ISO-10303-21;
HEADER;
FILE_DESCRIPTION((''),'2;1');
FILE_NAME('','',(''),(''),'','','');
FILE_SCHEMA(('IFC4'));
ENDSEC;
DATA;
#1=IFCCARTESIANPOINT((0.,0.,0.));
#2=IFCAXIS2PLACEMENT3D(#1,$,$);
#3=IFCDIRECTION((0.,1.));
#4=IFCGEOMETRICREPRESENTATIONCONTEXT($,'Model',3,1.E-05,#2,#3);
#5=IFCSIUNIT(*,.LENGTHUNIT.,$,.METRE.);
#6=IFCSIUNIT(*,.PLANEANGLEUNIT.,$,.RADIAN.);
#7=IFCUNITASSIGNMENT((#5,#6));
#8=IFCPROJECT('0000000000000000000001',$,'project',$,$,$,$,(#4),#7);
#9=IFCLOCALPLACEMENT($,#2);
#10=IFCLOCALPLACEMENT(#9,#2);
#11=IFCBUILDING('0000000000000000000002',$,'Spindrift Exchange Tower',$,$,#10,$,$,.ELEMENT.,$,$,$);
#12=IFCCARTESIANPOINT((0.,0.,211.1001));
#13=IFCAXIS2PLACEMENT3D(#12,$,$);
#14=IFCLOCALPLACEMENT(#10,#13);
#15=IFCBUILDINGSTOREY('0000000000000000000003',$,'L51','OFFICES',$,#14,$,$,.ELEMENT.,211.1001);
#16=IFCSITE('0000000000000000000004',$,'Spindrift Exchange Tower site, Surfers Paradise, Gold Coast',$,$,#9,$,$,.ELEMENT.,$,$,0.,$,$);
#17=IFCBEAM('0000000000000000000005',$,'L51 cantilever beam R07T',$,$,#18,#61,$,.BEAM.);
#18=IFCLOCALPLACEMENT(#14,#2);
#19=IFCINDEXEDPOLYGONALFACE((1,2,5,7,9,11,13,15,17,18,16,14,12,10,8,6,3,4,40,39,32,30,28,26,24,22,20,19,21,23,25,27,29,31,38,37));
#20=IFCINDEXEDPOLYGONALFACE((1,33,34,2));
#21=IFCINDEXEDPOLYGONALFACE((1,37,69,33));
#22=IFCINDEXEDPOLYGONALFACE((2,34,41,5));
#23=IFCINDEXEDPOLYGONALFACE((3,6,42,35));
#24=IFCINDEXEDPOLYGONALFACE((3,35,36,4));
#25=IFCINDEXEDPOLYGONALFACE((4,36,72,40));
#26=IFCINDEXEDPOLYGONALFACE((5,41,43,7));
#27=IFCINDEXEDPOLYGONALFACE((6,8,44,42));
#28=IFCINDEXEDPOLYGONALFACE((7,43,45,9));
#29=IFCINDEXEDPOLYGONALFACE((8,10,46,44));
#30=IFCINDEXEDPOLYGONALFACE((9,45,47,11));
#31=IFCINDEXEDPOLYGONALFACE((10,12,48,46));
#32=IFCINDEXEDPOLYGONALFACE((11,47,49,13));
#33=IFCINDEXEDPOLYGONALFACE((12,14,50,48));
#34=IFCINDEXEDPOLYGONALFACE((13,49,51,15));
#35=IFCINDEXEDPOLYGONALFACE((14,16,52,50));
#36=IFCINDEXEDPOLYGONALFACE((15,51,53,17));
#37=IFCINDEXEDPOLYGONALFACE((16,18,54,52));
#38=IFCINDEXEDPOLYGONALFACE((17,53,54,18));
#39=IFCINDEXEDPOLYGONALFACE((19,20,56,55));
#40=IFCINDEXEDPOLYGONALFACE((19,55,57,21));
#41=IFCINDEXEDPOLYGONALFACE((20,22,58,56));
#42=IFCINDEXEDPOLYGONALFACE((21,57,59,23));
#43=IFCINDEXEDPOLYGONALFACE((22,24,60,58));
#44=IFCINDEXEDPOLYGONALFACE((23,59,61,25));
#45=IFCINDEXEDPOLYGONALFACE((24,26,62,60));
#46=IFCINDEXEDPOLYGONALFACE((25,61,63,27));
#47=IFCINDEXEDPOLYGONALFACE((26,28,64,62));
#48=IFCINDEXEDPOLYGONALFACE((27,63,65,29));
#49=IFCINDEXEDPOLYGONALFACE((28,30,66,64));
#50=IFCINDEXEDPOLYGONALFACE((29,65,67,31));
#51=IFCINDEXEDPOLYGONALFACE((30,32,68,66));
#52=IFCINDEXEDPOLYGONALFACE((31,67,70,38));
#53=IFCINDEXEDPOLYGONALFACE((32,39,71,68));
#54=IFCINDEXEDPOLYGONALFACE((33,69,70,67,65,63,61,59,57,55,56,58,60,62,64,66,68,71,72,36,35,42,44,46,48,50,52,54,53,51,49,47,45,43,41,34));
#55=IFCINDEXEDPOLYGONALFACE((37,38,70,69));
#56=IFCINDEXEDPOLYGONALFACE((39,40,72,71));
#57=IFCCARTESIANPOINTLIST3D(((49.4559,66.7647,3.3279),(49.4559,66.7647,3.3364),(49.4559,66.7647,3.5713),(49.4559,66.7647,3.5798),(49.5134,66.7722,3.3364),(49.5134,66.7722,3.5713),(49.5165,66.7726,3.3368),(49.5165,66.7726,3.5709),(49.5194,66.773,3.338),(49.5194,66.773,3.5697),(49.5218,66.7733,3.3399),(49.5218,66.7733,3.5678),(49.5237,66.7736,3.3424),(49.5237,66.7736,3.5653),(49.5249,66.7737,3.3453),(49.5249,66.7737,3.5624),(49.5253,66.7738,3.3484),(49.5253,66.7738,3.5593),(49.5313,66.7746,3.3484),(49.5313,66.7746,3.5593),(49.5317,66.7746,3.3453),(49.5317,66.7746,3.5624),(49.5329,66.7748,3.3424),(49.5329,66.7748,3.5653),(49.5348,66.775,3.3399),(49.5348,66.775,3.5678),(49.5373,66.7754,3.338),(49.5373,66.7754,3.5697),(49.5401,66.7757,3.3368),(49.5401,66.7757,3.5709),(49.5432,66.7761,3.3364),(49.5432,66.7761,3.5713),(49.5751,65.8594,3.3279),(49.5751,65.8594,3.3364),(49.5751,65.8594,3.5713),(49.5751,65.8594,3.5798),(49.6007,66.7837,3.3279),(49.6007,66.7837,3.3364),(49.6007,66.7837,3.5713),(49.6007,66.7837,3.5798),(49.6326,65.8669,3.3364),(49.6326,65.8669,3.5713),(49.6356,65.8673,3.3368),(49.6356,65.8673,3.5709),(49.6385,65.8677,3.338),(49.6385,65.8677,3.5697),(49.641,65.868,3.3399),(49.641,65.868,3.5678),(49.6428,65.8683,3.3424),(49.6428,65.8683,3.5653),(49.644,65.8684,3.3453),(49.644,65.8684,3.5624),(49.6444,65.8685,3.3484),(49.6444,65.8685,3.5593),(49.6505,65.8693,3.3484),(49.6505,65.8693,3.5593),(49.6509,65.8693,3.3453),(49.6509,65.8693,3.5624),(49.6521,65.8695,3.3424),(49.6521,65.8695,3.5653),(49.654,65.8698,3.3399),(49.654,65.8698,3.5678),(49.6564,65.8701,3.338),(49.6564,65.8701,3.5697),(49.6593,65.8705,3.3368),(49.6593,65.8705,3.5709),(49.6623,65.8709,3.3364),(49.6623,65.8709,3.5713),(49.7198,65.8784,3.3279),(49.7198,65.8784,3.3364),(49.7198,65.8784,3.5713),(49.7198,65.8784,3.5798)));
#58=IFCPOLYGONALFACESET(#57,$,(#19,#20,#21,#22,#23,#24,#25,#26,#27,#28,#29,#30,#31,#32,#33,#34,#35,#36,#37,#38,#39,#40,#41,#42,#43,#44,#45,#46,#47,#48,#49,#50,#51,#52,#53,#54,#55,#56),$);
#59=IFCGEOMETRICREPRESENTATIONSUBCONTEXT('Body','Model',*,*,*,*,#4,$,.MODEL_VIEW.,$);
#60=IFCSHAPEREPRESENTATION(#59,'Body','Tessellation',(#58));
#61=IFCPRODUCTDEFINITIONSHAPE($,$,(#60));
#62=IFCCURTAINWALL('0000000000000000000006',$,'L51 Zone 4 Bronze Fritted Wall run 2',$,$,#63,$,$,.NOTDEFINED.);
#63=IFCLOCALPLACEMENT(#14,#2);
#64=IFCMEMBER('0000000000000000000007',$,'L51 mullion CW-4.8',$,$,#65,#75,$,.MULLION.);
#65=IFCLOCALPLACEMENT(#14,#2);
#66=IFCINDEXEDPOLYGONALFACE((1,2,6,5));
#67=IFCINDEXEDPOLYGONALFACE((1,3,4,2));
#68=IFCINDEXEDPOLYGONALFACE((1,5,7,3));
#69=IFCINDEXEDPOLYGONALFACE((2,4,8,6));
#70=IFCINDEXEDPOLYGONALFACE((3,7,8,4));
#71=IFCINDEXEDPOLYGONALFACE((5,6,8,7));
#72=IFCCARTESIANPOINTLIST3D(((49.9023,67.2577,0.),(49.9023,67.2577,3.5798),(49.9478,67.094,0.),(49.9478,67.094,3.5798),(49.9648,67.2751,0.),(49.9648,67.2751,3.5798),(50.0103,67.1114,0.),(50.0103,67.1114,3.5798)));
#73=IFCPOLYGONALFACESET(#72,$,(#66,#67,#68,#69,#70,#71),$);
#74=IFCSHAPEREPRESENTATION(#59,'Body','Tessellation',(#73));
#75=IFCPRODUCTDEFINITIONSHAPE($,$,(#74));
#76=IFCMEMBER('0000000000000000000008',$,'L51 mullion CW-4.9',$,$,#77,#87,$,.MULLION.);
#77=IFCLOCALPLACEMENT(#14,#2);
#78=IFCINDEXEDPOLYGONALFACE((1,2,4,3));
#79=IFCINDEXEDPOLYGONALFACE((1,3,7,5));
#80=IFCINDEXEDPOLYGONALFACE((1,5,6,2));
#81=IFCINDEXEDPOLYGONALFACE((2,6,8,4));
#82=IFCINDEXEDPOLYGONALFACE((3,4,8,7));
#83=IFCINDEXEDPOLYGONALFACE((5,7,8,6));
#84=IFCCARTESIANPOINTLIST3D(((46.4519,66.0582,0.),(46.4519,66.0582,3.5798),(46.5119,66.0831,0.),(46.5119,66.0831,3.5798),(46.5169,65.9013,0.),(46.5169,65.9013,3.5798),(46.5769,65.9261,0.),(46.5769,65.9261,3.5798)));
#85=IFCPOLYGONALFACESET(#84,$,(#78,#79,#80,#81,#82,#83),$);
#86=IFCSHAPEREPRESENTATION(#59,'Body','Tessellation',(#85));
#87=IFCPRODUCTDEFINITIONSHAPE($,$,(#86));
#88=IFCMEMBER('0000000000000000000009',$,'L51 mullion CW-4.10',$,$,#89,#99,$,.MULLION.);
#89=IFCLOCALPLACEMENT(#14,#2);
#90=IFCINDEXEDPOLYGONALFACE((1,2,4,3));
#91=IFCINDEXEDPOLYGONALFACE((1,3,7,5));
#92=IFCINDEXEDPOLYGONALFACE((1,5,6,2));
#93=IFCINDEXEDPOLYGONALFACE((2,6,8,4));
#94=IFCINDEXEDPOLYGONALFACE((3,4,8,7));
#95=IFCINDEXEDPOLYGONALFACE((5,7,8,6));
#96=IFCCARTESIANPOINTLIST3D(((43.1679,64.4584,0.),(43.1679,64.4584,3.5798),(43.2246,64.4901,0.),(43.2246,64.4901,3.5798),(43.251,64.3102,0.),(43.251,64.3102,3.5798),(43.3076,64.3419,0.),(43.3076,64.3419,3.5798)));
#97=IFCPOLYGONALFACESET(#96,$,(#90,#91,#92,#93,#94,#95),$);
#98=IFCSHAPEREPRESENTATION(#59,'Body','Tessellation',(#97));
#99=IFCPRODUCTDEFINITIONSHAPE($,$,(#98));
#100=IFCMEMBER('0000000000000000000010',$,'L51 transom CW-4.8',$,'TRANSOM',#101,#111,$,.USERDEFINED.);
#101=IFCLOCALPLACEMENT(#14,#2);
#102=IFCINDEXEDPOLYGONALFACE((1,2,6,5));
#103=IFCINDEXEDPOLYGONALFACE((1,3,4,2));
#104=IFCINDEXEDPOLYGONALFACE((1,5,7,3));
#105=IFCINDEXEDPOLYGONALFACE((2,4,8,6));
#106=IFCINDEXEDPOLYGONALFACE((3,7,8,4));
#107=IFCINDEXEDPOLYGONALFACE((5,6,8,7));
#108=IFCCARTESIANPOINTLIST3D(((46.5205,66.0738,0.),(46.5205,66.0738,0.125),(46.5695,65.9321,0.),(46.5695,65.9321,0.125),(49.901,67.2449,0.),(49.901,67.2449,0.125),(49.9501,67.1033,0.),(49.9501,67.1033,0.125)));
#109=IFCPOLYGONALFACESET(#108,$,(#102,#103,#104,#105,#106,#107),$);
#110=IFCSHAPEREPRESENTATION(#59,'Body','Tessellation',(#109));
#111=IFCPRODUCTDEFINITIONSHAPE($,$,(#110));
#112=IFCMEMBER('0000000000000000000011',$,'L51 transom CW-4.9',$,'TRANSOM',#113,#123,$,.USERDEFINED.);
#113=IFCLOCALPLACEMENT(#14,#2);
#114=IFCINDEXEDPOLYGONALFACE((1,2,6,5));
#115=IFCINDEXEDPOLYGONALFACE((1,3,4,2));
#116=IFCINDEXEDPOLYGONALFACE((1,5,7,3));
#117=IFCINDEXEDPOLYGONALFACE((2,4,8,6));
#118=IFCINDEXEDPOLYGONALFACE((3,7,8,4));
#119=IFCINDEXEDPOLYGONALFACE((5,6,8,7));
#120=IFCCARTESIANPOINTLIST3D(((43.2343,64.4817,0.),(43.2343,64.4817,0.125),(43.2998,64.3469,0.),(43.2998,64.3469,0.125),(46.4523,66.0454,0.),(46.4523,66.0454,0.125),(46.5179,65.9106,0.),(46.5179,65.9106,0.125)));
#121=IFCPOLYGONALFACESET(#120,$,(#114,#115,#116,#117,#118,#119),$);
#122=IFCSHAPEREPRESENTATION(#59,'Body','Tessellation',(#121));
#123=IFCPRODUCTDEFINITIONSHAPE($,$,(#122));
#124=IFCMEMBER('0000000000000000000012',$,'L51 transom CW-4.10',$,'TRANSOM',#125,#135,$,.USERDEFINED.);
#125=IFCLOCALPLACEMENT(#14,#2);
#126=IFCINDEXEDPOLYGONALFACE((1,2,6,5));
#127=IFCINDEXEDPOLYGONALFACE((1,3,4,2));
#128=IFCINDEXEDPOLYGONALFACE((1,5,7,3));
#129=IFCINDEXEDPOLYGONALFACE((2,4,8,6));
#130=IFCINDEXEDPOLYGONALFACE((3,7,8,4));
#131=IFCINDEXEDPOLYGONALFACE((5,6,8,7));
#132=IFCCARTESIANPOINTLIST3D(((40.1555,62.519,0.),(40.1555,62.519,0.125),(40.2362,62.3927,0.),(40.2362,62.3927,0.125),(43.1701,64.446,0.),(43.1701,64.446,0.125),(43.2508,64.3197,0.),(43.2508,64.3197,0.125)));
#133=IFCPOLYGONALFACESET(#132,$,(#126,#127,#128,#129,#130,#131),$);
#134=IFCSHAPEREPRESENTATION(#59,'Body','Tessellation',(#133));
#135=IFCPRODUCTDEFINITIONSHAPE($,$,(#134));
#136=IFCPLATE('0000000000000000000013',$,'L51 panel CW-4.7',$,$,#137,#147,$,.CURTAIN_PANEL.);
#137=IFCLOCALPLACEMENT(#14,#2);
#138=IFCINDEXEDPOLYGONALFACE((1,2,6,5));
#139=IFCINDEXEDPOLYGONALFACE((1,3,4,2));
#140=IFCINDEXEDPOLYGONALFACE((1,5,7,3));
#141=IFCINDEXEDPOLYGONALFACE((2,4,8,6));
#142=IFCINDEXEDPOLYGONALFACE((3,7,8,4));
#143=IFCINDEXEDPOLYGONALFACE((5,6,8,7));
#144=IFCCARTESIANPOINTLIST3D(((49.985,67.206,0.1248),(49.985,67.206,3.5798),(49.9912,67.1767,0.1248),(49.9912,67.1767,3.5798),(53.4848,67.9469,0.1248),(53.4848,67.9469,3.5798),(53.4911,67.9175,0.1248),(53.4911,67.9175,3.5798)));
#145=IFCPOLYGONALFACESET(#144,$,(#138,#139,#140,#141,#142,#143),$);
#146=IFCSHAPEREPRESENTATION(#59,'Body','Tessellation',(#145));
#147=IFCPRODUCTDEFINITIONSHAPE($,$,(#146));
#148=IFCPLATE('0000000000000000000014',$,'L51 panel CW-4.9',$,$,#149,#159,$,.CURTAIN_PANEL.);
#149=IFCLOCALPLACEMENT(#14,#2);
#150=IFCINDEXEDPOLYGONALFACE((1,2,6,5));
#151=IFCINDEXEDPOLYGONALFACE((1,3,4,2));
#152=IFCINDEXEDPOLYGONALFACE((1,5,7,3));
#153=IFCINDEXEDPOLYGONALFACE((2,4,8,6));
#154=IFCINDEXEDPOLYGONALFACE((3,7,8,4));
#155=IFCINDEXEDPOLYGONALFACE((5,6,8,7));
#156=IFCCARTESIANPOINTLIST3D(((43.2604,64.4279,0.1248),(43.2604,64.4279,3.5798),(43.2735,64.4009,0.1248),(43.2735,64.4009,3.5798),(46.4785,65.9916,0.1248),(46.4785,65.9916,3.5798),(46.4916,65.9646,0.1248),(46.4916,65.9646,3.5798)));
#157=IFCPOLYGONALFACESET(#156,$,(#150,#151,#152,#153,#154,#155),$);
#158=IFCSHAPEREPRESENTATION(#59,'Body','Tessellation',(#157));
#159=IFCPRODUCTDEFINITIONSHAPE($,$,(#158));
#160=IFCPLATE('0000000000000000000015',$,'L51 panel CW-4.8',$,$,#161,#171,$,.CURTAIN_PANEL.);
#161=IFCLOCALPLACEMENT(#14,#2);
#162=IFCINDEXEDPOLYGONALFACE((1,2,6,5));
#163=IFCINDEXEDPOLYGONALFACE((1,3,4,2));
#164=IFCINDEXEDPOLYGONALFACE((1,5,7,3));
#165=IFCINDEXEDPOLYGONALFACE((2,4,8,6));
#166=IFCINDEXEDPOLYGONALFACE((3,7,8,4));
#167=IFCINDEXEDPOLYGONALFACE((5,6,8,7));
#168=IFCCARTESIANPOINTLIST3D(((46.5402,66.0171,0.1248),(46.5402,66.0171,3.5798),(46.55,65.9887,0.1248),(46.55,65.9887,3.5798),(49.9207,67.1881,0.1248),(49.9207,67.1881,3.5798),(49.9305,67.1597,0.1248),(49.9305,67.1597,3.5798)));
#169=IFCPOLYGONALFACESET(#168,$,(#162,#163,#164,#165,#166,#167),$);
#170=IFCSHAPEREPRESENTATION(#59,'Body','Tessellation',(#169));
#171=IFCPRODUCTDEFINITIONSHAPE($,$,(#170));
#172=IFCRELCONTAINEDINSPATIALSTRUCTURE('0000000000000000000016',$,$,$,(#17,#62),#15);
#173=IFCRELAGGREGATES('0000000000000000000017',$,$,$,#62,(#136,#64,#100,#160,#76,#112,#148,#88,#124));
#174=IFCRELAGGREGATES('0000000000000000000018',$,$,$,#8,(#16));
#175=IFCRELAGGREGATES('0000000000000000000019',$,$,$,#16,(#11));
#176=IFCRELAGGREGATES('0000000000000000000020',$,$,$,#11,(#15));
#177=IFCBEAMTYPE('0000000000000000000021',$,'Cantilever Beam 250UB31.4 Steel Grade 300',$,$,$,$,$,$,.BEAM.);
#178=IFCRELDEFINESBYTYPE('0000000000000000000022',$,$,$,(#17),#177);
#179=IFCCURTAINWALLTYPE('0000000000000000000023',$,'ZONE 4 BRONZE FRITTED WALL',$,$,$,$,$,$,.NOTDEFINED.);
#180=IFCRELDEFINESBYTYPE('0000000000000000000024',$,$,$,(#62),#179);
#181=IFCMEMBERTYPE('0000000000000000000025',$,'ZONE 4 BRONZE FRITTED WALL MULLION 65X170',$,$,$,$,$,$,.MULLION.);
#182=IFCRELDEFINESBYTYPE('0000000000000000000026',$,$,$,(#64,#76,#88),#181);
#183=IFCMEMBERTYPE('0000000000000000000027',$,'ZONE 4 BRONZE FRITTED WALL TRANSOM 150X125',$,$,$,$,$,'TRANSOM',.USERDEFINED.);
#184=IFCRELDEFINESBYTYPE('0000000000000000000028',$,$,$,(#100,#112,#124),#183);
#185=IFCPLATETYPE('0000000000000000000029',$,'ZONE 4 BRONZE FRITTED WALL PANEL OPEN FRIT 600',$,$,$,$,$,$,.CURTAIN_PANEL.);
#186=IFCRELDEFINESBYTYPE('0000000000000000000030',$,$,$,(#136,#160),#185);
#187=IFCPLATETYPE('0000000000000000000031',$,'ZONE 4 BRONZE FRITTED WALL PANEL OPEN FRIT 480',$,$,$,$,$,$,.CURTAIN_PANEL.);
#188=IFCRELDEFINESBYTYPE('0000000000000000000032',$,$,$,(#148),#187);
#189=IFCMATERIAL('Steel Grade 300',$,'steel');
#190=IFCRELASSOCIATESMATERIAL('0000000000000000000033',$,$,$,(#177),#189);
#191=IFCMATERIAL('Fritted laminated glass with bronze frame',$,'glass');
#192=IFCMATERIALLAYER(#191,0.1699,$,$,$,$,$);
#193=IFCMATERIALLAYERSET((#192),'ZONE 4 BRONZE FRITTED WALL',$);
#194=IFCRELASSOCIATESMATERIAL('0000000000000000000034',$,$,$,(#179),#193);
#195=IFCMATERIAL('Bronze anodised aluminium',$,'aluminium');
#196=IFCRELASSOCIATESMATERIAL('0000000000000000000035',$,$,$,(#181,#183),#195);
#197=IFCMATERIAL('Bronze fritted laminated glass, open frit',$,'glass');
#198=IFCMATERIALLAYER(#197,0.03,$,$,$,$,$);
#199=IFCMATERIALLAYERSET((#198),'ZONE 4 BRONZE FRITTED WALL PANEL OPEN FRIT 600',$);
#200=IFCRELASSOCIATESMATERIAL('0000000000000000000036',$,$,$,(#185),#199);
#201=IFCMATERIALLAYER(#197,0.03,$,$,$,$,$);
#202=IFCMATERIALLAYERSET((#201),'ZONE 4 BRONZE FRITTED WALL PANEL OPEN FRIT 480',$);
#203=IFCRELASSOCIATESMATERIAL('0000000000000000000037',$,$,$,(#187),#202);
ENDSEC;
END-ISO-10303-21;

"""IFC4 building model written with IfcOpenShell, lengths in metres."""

from ifc_helpers import new_model, si_unit, direction, frame, origin, origin_2d, place, context, subcontext, project, spatial, rectangle, i_section, extrude, source, transform, mapped, material, layer, layer_set, material_profile, profile_set, type_object, element, aggregate, save


model = new_model("IFC4")

# Units and contexts
model_context = context("Model", 3, precision=1e-05, world=origin(), true_north=direction((0.0, 1.0)))
body_context = subcontext(model_context, "Body", "Model", "MODEL_VIEW")
ifc_project = project(units=[si_unit("LENGTHUNIT", "METRE"), si_unit("PLANEANGLEUNIT", "RADIAN")], contexts=[model_context])

# Site, building, storey
site_placement = place(None, origin())
site = spatial("IfcSite", under=ifc_project, at=site_placement, Name="Spindrift Exchange Tower site, Surfers Paradise, Gold Coast", CompositionType="ELEMENT", RefElevation=0.0)
building_placement = place(site_placement, origin())
building = spatial("IfcBuilding", under=site, at=building_placement, Name="Spindrift Exchange Tower", CompositionType="ELEMENT")
storey_placement = place(building_placement, frame((0.0, 0.0, 211.1001)))
storey = spatial("IfcBuildingStorey", under=building, at=storey_placement, Name="L51", Description="OFFICES", CompositionType="ELEMENT", Elevation=211.1001)

# Beam
ifc_material_1 = material(Name="Steel Grade 300", Category="steel")
ifc_material_profile_1 = material_profile(ifc_material_1, i_section(OverallWidth=0.146, OverallDepth=0.252, WebThickness=0.0061, FlangeThickness=0.0085, FilletRadius=0.012, at=origin_2d()), Name="250UB31.4")
ifc_profile_set_1 = profile_set([ifc_material_profile_1], Name="Steel Grade 300")
beam_type_1 = type_object("IfcBeamType", Name="Cantilever Beam 250UB31.4 Steel Grade 300", PredefinedType="BEAM", material=ifc_profile_set_1)
shared_shape_1 = source(origin(), body_context, "Body", "SweptSolid", [
    extrude(i_section(OverallWidth=0.146, OverallDepth=0.252, WebThickness=0.0061, FlangeThickness=0.0085, FilletRadius=0.012, at=origin_2d()), origin(), (0.0, 0.0, 1.0), 0.9131),
])
beam_1_placement = place(storey_placement, frame((49.6475, 65.8689, 3.4539), z_axis=(-0.130482, 0.991451, 0.0), x_axis=(-0.991451, -0.130482, 0.0)))
element("IfcBeam", 1, at=beam_1_placement, inside=storey, type_object=beam_type_1, Name="L51 cantilever beam R07T", PredefinedType="BEAM", context=body_context, shape_type="MappedRepresentation", body=[
    mapped(shared_shape_1, transform((0.0, 0.0, 0.0), scale=1.0)),
])

# Curtain wall, members, plates
ifc_material_2 = material(Name="Fritted laminated glass with bronze frame", Category="glass")
ifc_layer_1 = layer(ifc_material_2, 0.1699)
ifc_layer_set_1 = layer_set([ifc_layer_1], Name="ZONE 4 BRONZE FRITTED WALL")
curtain_wall_type = type_object("IfcCurtainWallType", Name="ZONE 4 BRONZE FRITTED WALL", PredefinedType="NOTDEFINED", material=ifc_layer_set_1)
curtain_wall_placement = place(storey_placement, origin())
curtain_wall = element("IfcCurtainWall", 2, at=curtain_wall_placement, inside=storey, type_object=curtain_wall_type, Name="L51 Zone 4 Bronze Fritted Wall run 2", PredefinedType="NOTDEFINED")
ifc_material_3 = material(Name="Bronze anodised aluminium", Category="aluminium")
ifc_material_profile_2 = material_profile(ifc_material_3, rectangle(XDim=0.0649, YDim=0.1699, at=origin_2d()), Name="ZONE 4 BRONZE FRITTED WALL MULLION 65X170")
ifc_profile_set_2 = profile_set([ifc_material_profile_2], Name="Bronze anodised aluminium")
member_type_1 = type_object("IfcMemberType", Name="ZONE 4 BRONZE FRITTED WALL MULLION 65X170", PredefinedType="MULLION", material=ifc_profile_set_2)
shared_shape_2 = source(origin(), body_context, "Body", "SweptSolid", [
    extrude(rectangle(XDim=0.0649, YDim=0.1699, at=origin_2d()), origin(), (0.0, 0.0, 1.0), 3.5798),
])
member_1_placement = place(storey_placement, frame((49.9563, 67.1846, 0.0), z_axis=(0.0, 0.0, 1.0), x_axis=(-0.963495, -0.267725, 0.0)))
member_1 = element("IfcMember", 3, at=member_1_placement, type_object=member_type_1, Name="L51 mullion CW-4.8", PredefinedType="MULLION", context=body_context, shape_type="MappedRepresentation", body=[
    mapped(shared_shape_2, transform((0.0, 0.0, 0.0), scale=1.0)),
])
member_2_placement = place(storey_placement, frame((46.5144, 65.9922, 0.0), z_axis=(0.0, 0.0, 1.0), x_axis=(-0.923807, -0.382859, 0.0)))
member_2 = element("IfcMember", 4, at=member_2_placement, type_object=member_type_1, Name="L51 mullion CW-4.9", PredefinedType="MULLION", context=body_context, shape_type="MappedRepresentation", body=[
    mapped(shared_shape_2, transform((0.0, 0.0, 0.0), scale=1.0)),
])
member_3_placement = place(storey_placement, frame((43.2378, 64.4001, 0.0), z_axis=(0.0, 0.0, 1.0), x_axis=(-0.872479, -0.488651, 0.0)))
member_3 = element("IfcMember", 5, at=member_3_placement, type_object=member_type_1, Name="L51 mullion CW-4.10", PredefinedType="MULLION", context=body_context, shape_type="MappedRepresentation", body=[
    mapped(shared_shape_2, transform((0.0, 0.0, 0.0), scale=1.0)),
])
ifc_material_profile_3 = material_profile(ifc_material_3, rectangle(XDim=0.1499, YDim=0.125, at=origin_2d()), Name="ZONE 4 BRONZE FRITTED WALL TRANSOM 150X125")
ifc_profile_set_3 = profile_set([ifc_material_profile_3], Name="Bronze anodised aluminium")
member_type_2 = type_object("IfcMemberType", Name="ZONE 4 BRONZE FRITTED WALL TRANSOM 150X125", ElementType="TRANSOM", PredefinedType="USERDEFINED", material=ifc_profile_set_3)
shared_shape_3 = source(origin(), body_context, "Body", "SweptSolid", [
    extrude(rectangle(XDim=0.1499, YDim=0.125, at=origin_2d()), origin(), (0.0, 0.0, 1.0), 3.5776),
])
member_4_placement = place(storey_placement, frame((49.9255, 67.1741, 0.0625), z_axis=(-0.944906, -0.327343, 0.0), x_axis=(0.327343, -0.944906, 0.0)))
member_4 = element("IfcMember", 6, at=member_4_placement, type_object=member_type_2, Name="L51 transom CW-4.8", ObjectType="TRANSOM", PredefinedType="USERDEFINED", context=body_context, shape_type="MappedRepresentation", body=[
    mapped(shared_shape_3, transform((0.0, 0.0, 0.0), scale=1.0)),
])
shared_shape_4 = source(origin(), body_context, "Body", "SweptSolid", [
    extrude(rectangle(XDim=0.1499, YDim=0.125, at=origin_2d()), origin(), (0.0, 0.0, 1.0), 3.5779),
])
member_5_placement = place(storey_placement, frame((46.4851, 65.978, 0.0625), z_axis=(-0.899433, -0.437059, 0.0), x_axis=(0.437059, -0.899433, 0.0)))
member_5 = element("IfcMember", 7, at=member_5_placement, type_object=member_type_2, Name="L51 transom CW-4.9", ObjectType="TRANSOM", PredefinedType="USERDEFINED", context=body_context, shape_type="MappedRepresentation", body=[
    mapped(shared_shape_4, transform((0.0, 0.0, 0.0), scale=1.0)),
])
member_6_placement = place(storey_placement, frame((43.2104, 64.3828, 0.0625), z_axis=(-0.842572, -0.538583, 0.0), x_axis=(0.538583, -0.842572, 0.0)))
member_6 = element("IfcMember", 8, at=member_6_placement, type_object=member_type_2, Name="L51 transom CW-4.10", ObjectType="TRANSOM", PredefinedType="USERDEFINED", context=body_context, shape_type="MappedRepresentation", body=[
    mapped(shared_shape_4, transform((0.0, 0.0, 0.0), scale=1.0)),
])
ifc_material_4 = material(Name="Bronze fritted laminated glass, open frit", Category="glass")
ifc_layer_2 = layer(ifc_material_4, 0.03)
ifc_layer_set_2 = layer_set([ifc_layer_2], Name="ZONE 4 BRONZE FRITTED WALL PANEL OPEN FRIT 600")
plate_type_1 = type_object("IfcPlateType", Name="ZONE 4 BRONZE FRITTED WALL PANEL OPEN FRIT 600", PredefinedType="CURTAIN_PANEL", material=ifc_layer_set_2)
shared_shape_5 = source(origin(), body_context, "Body", "SweptSolid", [
    extrude(rectangle(XDim=3.5774, YDim=0.03, at=origin_2d()), origin(), (0.0, 0.0, 1.0), 3.4551),
])
plate_1_placement = place(storey_placement, frame((51.738, 67.5618, 0.1248), z_axis=(0.0, 0.0, 1.0), x_axis=(-0.978322, -0.20709, 0.0)))
plate_1 = element("IfcPlate", 9, at=plate_1_placement, type_object=plate_type_1, Name="L51 panel CW-4.7", PredefinedType="CURTAIN_PANEL", context=body_context, shape_type="MappedRepresentation", body=[
    mapped(shared_shape_5, transform((0.0, 0.0, 0.0), scale=1.0)),
])
ifc_layer_3 = layer(ifc_material_4, 0.03)
ifc_layer_set_3 = layer_set([ifc_layer_3], Name="ZONE 4 BRONZE FRITTED WALL PANEL OPEN FRIT 480")
plate_type_2 = type_object("IfcPlateType", Name="ZONE 4 BRONZE FRITTED WALL PANEL OPEN FRIT 480", PredefinedType="CURTAIN_PANEL", material=ifc_layer_set_3)
shared_shape_6 = source(origin(), body_context, "Body", "SweptSolid", [
    extrude(rectangle(XDim=3.5779, YDim=0.03, at=origin_2d()), origin(), (0.0, 0.0, 1.0), 3.4551),
])
plate_2_placement = place(storey_placement, frame((44.876, 65.1963, 0.1248), z_axis=(0.0, 0.0, 1.0), x_axis=(-0.899437, -0.43705, 0.0)))
plate_2 = element("IfcPlate", 10, at=plate_2_placement, type_object=plate_type_2, Name="L51 panel CW-4.9", PredefinedType="CURTAIN_PANEL", context=body_context, shape_type="MappedRepresentation", body=[
    mapped(shared_shape_6, transform((0.0, 0.0, 0.0), scale=1.0)),
])
shared_shape_7 = source(origin(), body_context, "Body", "SweptSolid", [
    extrude(rectangle(XDim=3.5776, YDim=0.03, at=origin_2d()), origin(), (0.0, 0.0, 1.0), 3.4551),
])
plate_3_placement = place(storey_placement, frame((48.2354, 66.5884, 0.1248), z_axis=(0.0, 0.0, 1.0), x_axis=(-0.944915, -0.327317, 0.0)))
plate_3 = element("IfcPlate", 11, at=plate_3_placement, type_object=plate_type_1, Name="L51 panel CW-4.8", PredefinedType="CURTAIN_PANEL", context=body_context, shape_type="MappedRepresentation", body=[
    mapped(shared_shape_7, transform((0.0, 0.0, 0.0), scale=1.0)),
])
aggregate(curtain_wall, [plate_1, member_1, member_4, plate_3, member_2, member_5, plate_2, member_3, member_6])

save(model, "model.ifc")
